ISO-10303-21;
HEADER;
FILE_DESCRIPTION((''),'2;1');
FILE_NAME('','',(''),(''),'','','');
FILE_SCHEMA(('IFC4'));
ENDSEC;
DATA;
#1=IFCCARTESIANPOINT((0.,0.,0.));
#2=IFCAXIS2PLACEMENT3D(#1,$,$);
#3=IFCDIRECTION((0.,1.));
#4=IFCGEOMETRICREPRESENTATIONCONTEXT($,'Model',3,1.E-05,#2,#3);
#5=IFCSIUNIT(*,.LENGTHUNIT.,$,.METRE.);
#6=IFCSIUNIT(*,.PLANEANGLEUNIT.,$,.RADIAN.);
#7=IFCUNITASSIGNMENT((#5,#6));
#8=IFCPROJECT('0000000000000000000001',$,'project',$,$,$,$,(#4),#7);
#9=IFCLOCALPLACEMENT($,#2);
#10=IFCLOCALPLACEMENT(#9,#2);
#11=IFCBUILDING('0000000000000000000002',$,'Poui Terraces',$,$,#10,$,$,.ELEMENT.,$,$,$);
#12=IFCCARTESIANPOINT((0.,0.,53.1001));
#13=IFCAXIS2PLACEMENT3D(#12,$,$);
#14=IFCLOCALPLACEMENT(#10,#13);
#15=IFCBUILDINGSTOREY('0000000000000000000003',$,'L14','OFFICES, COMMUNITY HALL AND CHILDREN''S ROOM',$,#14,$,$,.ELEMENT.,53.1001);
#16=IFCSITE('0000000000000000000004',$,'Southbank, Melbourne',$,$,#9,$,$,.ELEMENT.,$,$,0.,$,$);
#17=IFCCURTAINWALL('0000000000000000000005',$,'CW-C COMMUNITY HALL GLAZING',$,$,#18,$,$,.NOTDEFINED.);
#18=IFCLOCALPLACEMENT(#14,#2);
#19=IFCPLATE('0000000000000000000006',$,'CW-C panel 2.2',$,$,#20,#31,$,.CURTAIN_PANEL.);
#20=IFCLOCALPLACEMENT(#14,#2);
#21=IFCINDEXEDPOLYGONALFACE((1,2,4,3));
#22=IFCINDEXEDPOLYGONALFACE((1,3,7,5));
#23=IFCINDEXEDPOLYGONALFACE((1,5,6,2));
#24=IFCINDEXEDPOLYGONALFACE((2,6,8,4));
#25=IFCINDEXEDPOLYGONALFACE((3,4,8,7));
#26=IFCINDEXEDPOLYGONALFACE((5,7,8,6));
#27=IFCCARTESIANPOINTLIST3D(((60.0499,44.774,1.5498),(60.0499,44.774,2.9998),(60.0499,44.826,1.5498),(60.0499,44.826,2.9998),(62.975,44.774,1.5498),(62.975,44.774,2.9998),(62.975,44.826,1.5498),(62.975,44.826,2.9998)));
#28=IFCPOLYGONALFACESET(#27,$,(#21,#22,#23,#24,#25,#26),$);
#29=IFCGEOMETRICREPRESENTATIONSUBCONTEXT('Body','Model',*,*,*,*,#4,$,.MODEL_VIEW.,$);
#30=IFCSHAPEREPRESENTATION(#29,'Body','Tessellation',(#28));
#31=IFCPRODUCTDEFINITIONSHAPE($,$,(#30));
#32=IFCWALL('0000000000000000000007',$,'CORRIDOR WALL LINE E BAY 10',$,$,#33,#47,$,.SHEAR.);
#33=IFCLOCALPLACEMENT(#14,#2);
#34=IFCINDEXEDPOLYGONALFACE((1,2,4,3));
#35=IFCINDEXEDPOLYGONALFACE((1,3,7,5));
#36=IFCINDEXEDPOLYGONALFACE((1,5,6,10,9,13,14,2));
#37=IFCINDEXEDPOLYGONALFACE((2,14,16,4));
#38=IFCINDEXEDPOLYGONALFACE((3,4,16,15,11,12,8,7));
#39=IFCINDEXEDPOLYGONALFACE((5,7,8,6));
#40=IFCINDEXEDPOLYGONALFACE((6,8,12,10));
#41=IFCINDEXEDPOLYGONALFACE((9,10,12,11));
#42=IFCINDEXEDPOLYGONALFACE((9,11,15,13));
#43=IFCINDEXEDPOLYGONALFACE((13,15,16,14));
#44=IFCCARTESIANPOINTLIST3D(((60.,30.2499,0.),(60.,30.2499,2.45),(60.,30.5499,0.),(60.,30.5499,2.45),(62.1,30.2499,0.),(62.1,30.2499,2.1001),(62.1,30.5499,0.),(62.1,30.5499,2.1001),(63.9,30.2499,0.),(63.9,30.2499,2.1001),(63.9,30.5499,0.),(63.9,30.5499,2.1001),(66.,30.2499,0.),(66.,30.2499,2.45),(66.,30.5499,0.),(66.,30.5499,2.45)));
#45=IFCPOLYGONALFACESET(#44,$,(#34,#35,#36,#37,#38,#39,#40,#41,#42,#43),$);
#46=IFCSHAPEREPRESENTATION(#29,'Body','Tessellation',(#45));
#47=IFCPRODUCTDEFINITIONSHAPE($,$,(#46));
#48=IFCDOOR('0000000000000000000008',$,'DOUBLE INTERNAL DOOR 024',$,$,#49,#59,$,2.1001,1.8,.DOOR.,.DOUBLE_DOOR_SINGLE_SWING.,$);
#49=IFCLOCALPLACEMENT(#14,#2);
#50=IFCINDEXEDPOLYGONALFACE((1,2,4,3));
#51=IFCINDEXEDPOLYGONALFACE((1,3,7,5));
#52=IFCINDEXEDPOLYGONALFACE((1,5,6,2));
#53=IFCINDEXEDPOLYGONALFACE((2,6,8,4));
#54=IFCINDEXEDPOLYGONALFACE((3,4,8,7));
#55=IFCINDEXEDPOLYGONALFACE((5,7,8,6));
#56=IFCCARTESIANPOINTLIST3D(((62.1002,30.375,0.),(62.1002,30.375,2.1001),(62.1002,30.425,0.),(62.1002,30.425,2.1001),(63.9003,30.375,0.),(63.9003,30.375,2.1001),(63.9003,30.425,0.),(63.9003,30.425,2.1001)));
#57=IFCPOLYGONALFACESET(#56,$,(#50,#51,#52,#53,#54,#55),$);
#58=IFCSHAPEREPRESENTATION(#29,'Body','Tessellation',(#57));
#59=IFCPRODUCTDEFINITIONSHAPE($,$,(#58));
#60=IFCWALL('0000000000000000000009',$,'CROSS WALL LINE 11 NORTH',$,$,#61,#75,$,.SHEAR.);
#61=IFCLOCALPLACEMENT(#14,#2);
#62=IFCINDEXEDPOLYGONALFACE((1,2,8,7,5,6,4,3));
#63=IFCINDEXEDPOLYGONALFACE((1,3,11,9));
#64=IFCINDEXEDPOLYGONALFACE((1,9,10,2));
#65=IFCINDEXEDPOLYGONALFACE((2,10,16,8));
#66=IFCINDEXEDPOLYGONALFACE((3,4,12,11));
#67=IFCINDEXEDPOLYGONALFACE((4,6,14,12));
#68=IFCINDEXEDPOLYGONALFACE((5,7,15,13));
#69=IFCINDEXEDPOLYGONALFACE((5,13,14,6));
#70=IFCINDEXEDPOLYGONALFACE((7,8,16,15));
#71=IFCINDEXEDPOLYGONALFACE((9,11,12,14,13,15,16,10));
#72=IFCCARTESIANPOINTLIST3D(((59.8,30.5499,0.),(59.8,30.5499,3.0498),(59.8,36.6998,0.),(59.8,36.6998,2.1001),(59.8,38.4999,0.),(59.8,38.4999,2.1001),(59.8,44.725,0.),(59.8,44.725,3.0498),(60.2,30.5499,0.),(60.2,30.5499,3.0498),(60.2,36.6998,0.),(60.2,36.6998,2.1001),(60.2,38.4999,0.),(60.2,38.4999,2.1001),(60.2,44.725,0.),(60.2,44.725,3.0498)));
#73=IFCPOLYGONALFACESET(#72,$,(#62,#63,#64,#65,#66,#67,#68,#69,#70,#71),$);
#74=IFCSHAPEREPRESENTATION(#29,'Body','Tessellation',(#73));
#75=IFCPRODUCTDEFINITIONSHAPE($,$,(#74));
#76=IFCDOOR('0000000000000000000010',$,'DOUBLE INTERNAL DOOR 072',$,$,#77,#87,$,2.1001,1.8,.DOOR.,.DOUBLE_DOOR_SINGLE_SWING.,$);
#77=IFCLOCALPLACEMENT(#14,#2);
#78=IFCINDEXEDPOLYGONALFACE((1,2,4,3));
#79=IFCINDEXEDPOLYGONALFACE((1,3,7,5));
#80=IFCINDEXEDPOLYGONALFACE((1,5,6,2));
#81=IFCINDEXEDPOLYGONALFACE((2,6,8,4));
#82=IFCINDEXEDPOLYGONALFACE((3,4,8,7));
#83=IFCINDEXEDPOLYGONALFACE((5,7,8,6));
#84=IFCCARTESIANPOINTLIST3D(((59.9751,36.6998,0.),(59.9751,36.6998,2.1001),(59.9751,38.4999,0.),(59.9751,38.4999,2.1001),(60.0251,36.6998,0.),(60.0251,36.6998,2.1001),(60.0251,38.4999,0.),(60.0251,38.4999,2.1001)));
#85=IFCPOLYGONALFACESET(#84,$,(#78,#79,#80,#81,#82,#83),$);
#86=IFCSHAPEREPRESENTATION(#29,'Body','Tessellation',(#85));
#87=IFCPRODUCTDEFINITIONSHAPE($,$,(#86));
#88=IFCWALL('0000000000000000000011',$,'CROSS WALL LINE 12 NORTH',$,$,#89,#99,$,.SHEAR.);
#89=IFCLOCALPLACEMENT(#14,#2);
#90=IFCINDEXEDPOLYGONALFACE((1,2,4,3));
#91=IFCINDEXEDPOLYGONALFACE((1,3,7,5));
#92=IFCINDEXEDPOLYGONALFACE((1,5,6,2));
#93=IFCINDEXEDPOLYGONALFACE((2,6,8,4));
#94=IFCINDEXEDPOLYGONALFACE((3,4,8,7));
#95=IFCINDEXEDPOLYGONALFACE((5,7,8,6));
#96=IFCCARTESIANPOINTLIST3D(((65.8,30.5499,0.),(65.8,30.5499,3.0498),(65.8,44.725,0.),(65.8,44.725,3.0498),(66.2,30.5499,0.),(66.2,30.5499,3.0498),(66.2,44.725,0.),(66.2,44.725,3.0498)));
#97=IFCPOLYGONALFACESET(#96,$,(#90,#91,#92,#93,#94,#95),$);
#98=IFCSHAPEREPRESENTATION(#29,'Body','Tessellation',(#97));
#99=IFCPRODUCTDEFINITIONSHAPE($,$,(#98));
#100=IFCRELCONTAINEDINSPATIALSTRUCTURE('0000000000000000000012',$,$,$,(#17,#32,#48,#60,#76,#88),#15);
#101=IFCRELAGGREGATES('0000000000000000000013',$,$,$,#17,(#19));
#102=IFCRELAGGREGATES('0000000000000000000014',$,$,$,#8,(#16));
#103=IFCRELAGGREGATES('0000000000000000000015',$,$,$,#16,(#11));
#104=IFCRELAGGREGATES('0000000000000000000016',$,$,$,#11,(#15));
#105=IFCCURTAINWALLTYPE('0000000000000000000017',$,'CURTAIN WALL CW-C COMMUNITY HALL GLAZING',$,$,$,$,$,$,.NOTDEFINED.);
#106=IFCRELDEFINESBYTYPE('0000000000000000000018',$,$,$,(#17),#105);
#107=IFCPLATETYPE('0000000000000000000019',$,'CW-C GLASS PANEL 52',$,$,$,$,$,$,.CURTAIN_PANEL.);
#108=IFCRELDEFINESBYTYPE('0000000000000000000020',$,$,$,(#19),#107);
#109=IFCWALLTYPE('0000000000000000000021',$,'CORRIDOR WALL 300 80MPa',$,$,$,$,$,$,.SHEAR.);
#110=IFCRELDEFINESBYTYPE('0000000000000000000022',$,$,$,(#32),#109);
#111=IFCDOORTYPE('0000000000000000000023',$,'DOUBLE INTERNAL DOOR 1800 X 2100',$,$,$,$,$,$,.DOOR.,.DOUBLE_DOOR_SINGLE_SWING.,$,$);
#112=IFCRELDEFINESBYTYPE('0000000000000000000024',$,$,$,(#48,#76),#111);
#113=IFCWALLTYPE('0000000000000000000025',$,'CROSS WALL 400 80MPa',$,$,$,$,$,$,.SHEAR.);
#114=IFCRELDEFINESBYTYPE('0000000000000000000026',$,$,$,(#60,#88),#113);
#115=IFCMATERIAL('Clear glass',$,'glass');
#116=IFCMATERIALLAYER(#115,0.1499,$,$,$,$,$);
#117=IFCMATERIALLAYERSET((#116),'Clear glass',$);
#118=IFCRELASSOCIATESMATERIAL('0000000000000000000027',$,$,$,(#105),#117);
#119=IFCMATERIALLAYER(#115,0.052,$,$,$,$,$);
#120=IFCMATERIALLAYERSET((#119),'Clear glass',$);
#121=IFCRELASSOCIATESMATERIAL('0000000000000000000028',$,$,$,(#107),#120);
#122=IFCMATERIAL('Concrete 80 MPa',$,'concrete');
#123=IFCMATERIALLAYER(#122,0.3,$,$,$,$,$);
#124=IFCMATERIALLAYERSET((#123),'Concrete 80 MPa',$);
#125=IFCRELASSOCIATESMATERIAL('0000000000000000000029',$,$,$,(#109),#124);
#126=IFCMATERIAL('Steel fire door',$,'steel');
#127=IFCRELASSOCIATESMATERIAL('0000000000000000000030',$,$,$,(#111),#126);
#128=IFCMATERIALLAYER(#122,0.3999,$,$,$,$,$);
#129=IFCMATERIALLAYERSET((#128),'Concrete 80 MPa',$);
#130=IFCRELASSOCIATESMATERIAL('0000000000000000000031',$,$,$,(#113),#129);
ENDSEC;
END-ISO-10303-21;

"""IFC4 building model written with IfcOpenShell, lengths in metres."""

from ifc_helpers import new_model, si_unit, direction, frame, frame_2d, origin, origin_2d, place, context, subcontext, project, spatial, rectangle, extrude, material, layer, layer_set, type_object, element, fill, aggregate, save


model = new_model("IFC4")

# Units and contexts
model_context = context("Model", 3, precision=1e-05, world=origin(), true_north=direction((0.0, 1.0)))
body_context = subcontext(model_context, "Body", "Model", "MODEL_VIEW")
ifc_project = project(units=[si_unit("LENGTHUNIT", "METRE"), si_unit("PLANEANGLEUNIT", "RADIAN")], contexts=[model_context])

# Site, building, storey
site_placement = place(None, origin())
site = spatial("IfcSite", under=ifc_project, at=site_placement, Name="Southbank, Melbourne", CompositionType="ELEMENT", RefElevation=0.0)
building_placement = place(site_placement, origin())
building = spatial("IfcBuilding", under=site, at=building_placement, Name="Poui Terraces", CompositionType="ELEMENT")
storey_placement = place(building_placement, frame((0.0, 0.0, 53.1001)))
storey = spatial("IfcBuildingStorey", under=building, at=storey_placement, Name="L14", Description="OFFICES, COMMUNITY HALL AND CHILDREN'S ROOM", CompositionType="ELEMENT", Elevation=53.1001)

# Shared definitions
ifc_material_1 = material(Name="Clear glass", Category="glass")
ifc_layer_1 = layer(ifc_material_1, 0.1499)
ifc_layer_set_1 = layer_set([ifc_layer_1], Name="Clear glass")
curtain_wall_type = type_object("IfcCurtainWallType", Name="CURTAIN WALL CW-C COMMUNITY HALL GLAZING", PredefinedType="NOTDEFINED", material=ifc_layer_set_1)

# Curtain wall
curtain_wall_1_placement = place(storey_placement, origin())
curtain_wall_1 = element("IfcCurtainWall", 1, at=curtain_wall_1_placement, inside=storey, type_object=curtain_wall_type, Name="CW-C COMMUNITY HALL GLAZING", PredefinedType="NOTDEFINED")

# Shared definitions
ifc_material_2 = material(Name="Concrete 80 MPa", Category="concrete")

# Plate
ifc_layer_2 = layer(ifc_material_1, 0.052)
ifc_layer_set_2 = layer_set([ifc_layer_2], Name="Clear glass")
plate_type = type_object("IfcPlateType", Name="CW-C GLASS PANEL 52", PredefinedType="CURTAIN_PANEL", material=ifc_layer_set_2)
plate_1_placement = place(storey_placement, frame((61.5125, 44.8, 1.5498), z_axis=(0.0, 0.0, 1.0), x_axis=(-1.0, 0.0, 0.0)))
plate_1 = element("IfcPlate", 2, at=plate_1_placement, type_object=plate_type, Name="CW-C panel 2.2", PredefinedType="CURTAIN_PANEL", context=body_context, shape_type="SweptSolid", body=[
    extrude(rectangle(XDim=2.925, YDim=0.052, at=origin_2d()), origin(), (0.0, 0.0, 1.0), 1.45),
])
aggregate(curtain_wall_1, [plate_1])

# Walls, openings, doors
ifc_layer_3 = layer(ifc_material_2, 0.3)
ifc_layer_set_3 = layer_set([ifc_layer_3], Name="Concrete 80 MPa")
wall_type_1 = type_object("IfcWallType", Name="CORRIDOR WALL 300 80MPa", PredefinedType="SHEAR", material=ifc_layer_set_3)
wall_1_placement = place(storey_placement, frame((60.0, 30.3999, 0.0), z_axis=(0.0, 0.0, 1.0), x_axis=(1.0, 0.0, 0.0)))
wall_1 = element("IfcWall", 3, at=wall_1_placement, inside=storey, type_object=wall_type_1, Name="CORRIDOR WALL LINE E BAY 10", PredefinedType="SHEAR", context=body_context, shape_type="SweptSolid", body=[
    extrude(rectangle(XDim=6.0, YDim=0.3, at=frame_2d((3.0, 0.0))), origin(), (0.0, 0.0, 1.0), 2.45),
])
opening_1_placement = place(wall_1_placement, frame((2.1001, 0.0, 0.0)))
opening_1 = element("IfcOpeningElement", 4, at=opening_1_placement, cuts=wall_1, PredefinedType="OPENING", context=body_context, shape_type="SweptSolid", body=[
    extrude(rectangle(XDim=1.8, YDim=2.1001, at=frame_2d((0.8999, 1.05))), frame((0.0, 0.1602, 0.0), z_axis=(0.0, -1.0, 0.0), x_axis=(1.0, 0.0, 0.0)), (0.0, 0.0, 1.0), 0.3201),
])
ifc_material_3 = material(Name="Steel fire door", Category="steel")
door_type = type_object("IfcDoorType", Name="DOUBLE INTERNAL DOOR 1800 X 2100", OperationType="DOUBLE_DOOR_SINGLE_SWING", PredefinedType="DOOR", material=ifc_material_3)
door_1_placement = place(opening_1_placement, frame((1.8, 0.0, 0.0), z_axis=(0.0, 0.0, 1.0), x_axis=(-1.0, 0.0, 0.0)))
door_1 = element("IfcDoor", 5, at=door_1_placement, inside=storey, type_object=door_type, Name="DOUBLE INTERNAL DOOR 024", OperationType="DOUBLE_DOOR_SINGLE_SWING", OverallHeight=2.1001, OverallWidth=1.8, PredefinedType="DOOR", context=body_context, shape_type="SweptSolid", body=[
    extrude(rectangle(XDim=1.8, YDim=2.1001, at=frame_2d((0.8999, 1.05))), frame((0.0, 0.0249, 0.0), z_axis=(0.0, -1.0, 0.0), x_axis=(1.0, 0.0, 0.0)), (0.0, 0.0, 1.0), 0.05),
])
fill(opening_1, door_1)
ifc_layer_4 = layer(ifc_material_2, 0.3999)
ifc_layer_set_4 = layer_set([ifc_layer_4], Name="Concrete 80 MPa")
wall_type_2 = type_object("IfcWallType", Name="CROSS WALL 400 80MPa", PredefinedType="SHEAR", material=ifc_layer_set_4)
wall_2_placement = place(storey_placement, frame((60.0, 30.55, 0.0), z_axis=(0.0, 0.0, 1.0), x_axis=(0.0, 1.0, 0.0)))
wall_2 = element("IfcWall", 6, at=wall_2_placement, inside=storey, type_object=wall_type_2, Name="CROSS WALL LINE 11 NORTH", PredefinedType="SHEAR", context=body_context, shape_type="SweptSolid", body=[
    extrude(rectangle(XDim=14.175, YDim=0.3999, at=frame_2d((7.0874, 0.0))), origin(), (0.0, 0.0, 1.0), 3.0498),
])
opening_2_placement = place(wall_2_placement, frame((6.1499, 0.0, 0.0)))
opening_2 = element("IfcOpeningElement", 7, at=opening_2_placement, cuts=wall_2, PredefinedType="OPENING", context=body_context, shape_type="SweptSolid", body=[
    extrude(rectangle(XDim=1.8, YDim=2.1001, at=frame_2d((0.8999, 1.05))), frame((0.0, 0.21, 0.0), z_axis=(0.0, -1.0, 0.0), x_axis=(1.0, 0.0, 0.0)), (0.0, 0.0, 1.0), 0.4199),
])
door_2_placement = place(opening_2_placement, origin())
door_2 = element("IfcDoor", 8, at=door_2_placement, inside=storey, type_object=door_type, Name="DOUBLE INTERNAL DOOR 072", OperationType="DOUBLE_DOOR_SINGLE_SWING", OverallHeight=2.1001, OverallWidth=1.8, PredefinedType="DOOR", context=body_context, shape_type="SweptSolid", body=[
    extrude(rectangle(XDim=1.8, YDim=2.1001, at=frame_2d((0.8999, 1.05))), frame((0.0, 0.0249, 0.0), z_axis=(0.0, -1.0, 0.0), x_axis=(1.0, 0.0, 0.0)), (0.0, 0.0, 1.0), 0.05),
])
fill(opening_2, door_2)

# Wall
wall_3_placement = place(storey_placement, frame((66.0, 30.55, 0.0), z_axis=(0.0, 0.0, 1.0), x_axis=(0.0, 1.0, 0.0)))
element("IfcWall", 9, at=wall_3_placement, inside=storey, type_object=wall_type_2, Name="CROSS WALL LINE 12 NORTH", PredefinedType="SHEAR", context=body_context, shape_type="SweptSolid", body=[
    extrude(rectangle(XDim=14.175, YDim=0.3999, at=frame_2d((7.0874, 0.0))), origin(), (0.0, 0.0, 1.0), 3.0498),
])

save(model, "model.ifc")
